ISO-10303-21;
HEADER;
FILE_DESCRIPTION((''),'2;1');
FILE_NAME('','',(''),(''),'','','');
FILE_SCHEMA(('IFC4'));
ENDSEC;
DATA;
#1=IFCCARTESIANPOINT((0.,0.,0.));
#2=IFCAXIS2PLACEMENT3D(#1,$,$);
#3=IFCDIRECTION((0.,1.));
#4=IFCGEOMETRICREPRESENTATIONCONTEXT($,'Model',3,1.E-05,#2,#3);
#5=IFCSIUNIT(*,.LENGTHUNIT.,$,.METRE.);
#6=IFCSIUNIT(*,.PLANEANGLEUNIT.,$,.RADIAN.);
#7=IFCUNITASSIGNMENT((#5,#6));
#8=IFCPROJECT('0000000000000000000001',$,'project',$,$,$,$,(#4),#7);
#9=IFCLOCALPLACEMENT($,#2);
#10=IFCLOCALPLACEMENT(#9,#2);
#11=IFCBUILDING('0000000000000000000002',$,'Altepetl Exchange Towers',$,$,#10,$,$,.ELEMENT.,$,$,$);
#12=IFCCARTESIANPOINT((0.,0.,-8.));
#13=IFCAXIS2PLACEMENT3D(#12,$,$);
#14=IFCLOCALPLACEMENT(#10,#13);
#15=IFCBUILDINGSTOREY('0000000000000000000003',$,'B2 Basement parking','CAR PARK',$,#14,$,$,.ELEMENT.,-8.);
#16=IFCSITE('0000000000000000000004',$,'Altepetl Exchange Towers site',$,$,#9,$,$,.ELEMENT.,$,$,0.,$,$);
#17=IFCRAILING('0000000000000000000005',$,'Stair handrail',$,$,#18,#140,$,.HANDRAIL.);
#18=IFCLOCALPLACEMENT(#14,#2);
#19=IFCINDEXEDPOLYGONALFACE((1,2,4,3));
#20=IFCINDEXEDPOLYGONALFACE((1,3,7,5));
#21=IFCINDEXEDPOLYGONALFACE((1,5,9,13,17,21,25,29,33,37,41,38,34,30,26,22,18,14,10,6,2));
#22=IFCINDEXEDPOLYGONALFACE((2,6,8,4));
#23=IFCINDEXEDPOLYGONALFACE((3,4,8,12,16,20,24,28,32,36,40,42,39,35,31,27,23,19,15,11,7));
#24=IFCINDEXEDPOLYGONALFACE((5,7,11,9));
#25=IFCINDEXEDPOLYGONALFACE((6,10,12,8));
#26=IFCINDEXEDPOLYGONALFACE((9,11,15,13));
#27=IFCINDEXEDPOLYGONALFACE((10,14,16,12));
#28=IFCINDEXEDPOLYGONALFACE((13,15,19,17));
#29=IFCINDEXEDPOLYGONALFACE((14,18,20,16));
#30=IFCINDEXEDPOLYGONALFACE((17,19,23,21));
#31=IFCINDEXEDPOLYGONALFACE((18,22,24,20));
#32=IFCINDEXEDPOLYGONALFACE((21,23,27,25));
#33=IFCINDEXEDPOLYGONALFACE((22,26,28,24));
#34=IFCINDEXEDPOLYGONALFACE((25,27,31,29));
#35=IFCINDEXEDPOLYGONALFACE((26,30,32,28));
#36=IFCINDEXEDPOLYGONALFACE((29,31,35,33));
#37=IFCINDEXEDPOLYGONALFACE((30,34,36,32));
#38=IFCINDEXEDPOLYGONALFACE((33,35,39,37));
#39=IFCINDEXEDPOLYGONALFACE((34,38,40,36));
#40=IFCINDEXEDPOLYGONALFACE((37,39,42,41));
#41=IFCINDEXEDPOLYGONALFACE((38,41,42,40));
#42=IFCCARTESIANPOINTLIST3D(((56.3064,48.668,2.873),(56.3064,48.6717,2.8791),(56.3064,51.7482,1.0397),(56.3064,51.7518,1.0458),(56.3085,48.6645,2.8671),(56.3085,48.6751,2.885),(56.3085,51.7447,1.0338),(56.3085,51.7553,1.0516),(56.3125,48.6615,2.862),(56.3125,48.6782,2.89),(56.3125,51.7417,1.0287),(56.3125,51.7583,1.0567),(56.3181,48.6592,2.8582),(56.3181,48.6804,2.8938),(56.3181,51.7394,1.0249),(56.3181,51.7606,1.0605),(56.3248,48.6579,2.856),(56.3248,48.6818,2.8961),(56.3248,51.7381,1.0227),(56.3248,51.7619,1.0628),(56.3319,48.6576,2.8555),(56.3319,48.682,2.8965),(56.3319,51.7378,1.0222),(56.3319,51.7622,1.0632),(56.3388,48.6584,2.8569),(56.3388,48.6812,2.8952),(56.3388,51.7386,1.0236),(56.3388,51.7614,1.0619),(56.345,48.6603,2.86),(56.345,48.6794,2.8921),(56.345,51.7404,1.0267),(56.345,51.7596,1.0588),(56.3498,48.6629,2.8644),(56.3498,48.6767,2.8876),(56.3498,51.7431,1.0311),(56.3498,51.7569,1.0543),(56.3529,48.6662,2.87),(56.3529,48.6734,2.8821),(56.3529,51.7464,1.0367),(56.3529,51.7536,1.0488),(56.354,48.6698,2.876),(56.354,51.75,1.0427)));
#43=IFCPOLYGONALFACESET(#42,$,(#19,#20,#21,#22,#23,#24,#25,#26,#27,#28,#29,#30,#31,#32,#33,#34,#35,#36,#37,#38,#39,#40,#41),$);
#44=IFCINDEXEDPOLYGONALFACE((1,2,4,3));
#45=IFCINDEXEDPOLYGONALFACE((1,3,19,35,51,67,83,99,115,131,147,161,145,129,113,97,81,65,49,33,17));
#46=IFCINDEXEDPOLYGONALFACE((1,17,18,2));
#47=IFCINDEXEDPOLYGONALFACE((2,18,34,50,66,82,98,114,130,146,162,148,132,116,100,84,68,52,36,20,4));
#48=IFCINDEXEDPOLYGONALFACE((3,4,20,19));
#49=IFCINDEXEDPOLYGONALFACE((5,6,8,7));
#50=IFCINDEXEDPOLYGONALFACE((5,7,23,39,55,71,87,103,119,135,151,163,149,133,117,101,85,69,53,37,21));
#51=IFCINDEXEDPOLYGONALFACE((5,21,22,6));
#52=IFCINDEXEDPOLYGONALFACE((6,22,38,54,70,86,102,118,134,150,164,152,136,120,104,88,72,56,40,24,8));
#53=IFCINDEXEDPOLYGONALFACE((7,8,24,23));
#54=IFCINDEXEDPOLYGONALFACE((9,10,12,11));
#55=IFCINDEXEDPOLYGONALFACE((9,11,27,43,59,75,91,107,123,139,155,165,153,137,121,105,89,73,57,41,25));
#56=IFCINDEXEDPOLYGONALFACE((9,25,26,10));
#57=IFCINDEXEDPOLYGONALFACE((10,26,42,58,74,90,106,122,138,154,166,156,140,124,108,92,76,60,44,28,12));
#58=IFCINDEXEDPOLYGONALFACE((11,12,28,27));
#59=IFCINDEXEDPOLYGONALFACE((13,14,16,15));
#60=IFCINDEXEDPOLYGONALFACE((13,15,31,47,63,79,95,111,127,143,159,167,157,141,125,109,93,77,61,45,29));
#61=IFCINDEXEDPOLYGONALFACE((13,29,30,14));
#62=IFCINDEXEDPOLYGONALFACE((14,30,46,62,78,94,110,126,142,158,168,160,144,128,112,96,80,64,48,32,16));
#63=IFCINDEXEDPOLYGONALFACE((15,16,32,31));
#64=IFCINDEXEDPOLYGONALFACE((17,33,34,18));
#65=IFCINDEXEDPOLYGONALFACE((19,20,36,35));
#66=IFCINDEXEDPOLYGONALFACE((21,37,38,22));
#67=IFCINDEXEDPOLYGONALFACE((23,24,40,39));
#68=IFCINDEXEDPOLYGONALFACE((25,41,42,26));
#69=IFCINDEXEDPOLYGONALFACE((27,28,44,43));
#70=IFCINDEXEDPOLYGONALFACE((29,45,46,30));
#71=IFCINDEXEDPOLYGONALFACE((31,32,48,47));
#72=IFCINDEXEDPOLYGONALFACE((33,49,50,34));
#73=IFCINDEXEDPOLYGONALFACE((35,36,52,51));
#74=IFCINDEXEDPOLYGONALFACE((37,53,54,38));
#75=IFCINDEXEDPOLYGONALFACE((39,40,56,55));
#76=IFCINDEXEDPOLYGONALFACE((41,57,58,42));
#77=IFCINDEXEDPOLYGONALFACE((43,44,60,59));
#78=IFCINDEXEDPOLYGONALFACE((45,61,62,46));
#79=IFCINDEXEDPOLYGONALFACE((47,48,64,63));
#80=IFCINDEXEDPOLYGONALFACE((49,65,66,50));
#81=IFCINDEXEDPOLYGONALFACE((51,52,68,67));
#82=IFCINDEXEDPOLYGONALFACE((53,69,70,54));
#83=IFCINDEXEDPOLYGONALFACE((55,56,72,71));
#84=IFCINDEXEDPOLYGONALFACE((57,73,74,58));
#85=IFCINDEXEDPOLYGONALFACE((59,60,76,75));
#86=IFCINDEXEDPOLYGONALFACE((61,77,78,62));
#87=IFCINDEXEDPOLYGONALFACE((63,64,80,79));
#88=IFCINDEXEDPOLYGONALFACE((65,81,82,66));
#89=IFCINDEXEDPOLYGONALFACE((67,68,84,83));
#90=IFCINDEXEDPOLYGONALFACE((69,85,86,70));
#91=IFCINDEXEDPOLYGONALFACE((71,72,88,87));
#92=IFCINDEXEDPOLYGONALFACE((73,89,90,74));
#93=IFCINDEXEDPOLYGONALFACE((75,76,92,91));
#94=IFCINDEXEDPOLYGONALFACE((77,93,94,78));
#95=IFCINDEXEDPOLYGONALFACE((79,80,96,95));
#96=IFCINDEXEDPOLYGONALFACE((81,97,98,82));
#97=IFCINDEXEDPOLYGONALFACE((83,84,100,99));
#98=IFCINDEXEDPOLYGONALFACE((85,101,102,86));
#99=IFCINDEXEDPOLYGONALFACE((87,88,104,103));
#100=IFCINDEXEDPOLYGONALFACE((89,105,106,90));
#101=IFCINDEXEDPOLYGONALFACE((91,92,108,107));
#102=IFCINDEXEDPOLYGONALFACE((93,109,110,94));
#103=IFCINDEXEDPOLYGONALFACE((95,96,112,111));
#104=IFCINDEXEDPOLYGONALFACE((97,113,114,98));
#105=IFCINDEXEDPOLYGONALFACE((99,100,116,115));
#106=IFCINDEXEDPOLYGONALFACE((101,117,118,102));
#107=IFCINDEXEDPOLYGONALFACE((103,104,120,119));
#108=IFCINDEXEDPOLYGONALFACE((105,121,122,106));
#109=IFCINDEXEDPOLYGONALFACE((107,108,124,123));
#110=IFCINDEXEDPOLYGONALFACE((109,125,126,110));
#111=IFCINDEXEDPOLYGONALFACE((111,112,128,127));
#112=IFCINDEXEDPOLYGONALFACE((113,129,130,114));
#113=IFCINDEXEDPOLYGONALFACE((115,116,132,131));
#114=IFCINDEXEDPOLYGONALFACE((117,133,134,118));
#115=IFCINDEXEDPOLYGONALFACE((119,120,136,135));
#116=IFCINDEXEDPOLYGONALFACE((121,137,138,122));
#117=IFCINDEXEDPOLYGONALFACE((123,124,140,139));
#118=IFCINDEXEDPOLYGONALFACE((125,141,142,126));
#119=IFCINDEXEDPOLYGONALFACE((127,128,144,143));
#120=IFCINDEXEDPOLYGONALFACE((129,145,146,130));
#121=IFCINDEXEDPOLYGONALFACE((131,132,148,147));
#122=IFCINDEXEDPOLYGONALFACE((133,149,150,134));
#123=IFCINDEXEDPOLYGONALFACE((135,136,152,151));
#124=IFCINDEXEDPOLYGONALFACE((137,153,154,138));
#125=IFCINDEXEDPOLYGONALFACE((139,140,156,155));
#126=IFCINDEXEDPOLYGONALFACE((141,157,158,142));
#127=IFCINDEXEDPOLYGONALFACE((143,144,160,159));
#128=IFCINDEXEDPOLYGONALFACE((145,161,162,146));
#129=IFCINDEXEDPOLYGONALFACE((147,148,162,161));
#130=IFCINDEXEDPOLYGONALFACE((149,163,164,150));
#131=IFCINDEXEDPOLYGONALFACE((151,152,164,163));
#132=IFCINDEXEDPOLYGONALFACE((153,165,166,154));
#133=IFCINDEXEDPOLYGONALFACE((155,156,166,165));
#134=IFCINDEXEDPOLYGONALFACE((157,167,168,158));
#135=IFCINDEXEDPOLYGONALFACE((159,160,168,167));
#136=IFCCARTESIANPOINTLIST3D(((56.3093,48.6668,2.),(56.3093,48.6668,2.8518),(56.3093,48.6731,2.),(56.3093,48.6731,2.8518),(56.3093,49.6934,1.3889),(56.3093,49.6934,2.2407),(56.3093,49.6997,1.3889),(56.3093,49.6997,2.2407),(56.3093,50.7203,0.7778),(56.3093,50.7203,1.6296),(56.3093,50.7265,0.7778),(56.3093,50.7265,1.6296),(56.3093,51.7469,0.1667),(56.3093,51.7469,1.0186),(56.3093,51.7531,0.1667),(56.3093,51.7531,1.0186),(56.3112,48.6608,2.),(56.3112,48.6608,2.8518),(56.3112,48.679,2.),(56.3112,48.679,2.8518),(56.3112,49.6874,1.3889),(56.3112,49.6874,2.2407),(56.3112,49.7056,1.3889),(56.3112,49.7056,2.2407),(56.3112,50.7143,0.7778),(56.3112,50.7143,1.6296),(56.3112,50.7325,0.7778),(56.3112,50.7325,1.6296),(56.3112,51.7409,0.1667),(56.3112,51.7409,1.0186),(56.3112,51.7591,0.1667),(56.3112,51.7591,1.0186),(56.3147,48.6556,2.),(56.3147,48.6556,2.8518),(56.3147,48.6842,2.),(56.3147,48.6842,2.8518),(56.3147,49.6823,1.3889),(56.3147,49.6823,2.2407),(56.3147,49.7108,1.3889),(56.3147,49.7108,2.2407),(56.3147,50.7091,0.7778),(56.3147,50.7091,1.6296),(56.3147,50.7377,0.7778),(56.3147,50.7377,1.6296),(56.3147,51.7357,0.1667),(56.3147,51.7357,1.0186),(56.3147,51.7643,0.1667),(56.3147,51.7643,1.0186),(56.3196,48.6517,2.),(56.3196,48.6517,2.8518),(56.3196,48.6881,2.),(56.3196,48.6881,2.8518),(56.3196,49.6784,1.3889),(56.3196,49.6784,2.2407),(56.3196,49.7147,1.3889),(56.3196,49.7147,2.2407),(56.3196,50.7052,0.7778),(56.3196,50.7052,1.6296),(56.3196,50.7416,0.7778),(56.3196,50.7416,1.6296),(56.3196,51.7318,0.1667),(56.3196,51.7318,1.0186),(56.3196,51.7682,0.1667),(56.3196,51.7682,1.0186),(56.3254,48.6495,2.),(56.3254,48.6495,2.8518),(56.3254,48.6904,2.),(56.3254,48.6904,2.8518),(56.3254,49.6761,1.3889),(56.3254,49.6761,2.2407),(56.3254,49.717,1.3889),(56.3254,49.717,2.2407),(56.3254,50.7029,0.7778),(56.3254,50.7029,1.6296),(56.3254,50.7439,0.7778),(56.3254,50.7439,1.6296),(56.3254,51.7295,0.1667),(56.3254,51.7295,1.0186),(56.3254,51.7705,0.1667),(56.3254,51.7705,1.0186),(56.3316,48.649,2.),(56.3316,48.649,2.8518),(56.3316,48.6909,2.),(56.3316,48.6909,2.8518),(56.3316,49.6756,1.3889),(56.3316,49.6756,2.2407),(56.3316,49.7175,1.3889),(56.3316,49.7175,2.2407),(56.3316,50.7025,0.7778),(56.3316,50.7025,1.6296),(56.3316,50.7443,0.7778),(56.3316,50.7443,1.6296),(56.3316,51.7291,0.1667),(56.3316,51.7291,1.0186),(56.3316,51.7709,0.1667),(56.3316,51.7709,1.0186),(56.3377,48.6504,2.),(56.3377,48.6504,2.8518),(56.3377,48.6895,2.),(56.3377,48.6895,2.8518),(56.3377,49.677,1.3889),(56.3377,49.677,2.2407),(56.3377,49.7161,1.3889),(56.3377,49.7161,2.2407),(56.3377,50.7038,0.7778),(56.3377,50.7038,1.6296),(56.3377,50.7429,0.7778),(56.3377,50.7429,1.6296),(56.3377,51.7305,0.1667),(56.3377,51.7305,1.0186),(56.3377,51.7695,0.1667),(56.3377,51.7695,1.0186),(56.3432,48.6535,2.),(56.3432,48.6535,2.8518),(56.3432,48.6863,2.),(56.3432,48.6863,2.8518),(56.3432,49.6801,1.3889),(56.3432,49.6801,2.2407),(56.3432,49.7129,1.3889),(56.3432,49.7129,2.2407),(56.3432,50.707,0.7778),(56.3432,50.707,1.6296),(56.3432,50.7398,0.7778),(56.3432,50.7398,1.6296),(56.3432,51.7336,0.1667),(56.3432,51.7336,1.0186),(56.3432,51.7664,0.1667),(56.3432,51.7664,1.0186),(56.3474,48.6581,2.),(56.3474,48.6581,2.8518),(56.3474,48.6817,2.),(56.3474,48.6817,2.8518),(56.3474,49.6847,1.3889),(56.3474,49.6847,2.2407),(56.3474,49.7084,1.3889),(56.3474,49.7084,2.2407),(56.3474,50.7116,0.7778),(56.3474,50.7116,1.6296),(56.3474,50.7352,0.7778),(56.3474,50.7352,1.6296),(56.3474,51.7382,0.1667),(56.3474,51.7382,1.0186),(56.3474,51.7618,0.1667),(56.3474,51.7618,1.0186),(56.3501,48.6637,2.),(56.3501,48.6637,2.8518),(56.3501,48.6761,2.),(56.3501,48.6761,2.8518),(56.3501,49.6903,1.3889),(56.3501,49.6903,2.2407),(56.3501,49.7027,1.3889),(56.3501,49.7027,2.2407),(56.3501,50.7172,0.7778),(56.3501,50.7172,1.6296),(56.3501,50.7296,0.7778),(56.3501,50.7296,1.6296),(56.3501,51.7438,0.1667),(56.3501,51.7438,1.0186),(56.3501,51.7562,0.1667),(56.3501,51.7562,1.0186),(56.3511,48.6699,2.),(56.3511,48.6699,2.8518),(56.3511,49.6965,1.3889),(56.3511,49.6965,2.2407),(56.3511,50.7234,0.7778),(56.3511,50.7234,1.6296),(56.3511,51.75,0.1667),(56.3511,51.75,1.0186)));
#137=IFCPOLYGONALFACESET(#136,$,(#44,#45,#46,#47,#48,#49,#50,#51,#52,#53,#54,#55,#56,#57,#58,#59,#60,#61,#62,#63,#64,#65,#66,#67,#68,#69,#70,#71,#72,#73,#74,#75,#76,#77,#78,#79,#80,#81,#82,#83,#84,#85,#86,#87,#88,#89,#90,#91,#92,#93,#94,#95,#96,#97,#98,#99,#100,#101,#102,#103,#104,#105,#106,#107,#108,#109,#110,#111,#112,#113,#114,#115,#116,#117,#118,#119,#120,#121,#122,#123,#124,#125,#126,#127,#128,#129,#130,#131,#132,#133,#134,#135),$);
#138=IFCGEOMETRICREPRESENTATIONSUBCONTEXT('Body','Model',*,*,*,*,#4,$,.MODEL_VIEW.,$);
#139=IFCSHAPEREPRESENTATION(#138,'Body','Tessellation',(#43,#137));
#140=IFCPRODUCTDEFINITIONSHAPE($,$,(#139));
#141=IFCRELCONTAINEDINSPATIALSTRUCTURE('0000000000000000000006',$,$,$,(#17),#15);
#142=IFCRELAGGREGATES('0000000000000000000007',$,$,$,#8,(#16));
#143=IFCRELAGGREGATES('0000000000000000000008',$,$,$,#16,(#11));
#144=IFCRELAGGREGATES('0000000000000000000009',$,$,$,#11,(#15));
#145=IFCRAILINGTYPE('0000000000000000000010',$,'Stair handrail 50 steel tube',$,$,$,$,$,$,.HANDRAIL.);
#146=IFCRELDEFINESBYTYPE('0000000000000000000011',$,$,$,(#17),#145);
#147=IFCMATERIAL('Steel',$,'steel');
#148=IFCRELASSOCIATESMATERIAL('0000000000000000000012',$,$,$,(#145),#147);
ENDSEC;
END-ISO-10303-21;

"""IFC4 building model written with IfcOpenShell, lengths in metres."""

from ifc_helpers import new_model, si_unit, direction, frame, origin, origin_2d, place, context, subcontext, project, spatial, circle, extrude, source, transform, mapped, material, type_object, element, save


model = new_model("IFC4")

# Units and contexts
model_context = context("Model", 3, precision=1e-05, world=origin(), true_north=direction((0.0, 1.0)))
body_context = subcontext(model_context, "Body", "Model", "MODEL_VIEW")
ifc_project = project(units=[si_unit("LENGTHUNIT", "METRE"), si_unit("PLANEANGLEUNIT", "RADIAN")], contexts=[model_context])

# Site, building, storey
site_placement = place(None, origin())
site = spatial("IfcSite", under=ifc_project, at=site_placement, Name="Altepetl Exchange Towers site", CompositionType="ELEMENT", RefElevation=0.0)
building_placement = place(site_placement, origin())
building = spatial("IfcBuilding", under=site, at=building_placement, Name="Altepetl Exchange Towers", CompositionType="ELEMENT")
storey_placement = place(building_placement, frame((0.0, 0.0, -8.0)))
storey = spatial("IfcBuildingStorey", under=building, at=storey_placement, Name="B2 Basement parking", Description="CAR PARK", CompositionType="ELEMENT", Elevation=-8.0)

# Railing
ifc_material_1 = material(Name="Steel", Category="steel")
railing_type = type_object("IfcRailingType", Name="Stair handrail 50 steel tube", PredefinedType="HANDRAIL", material=ifc_material_1)
shared_shape = source(origin(), body_context, "Body", "SweptSolid", [
    extrude(circle(Radius=0.021, at=origin_2d()), origin(), (0.0, 0.0, 1.0), 0.8518),
])
railing_1_placement = place(storey_placement, frame((56.3301, 51.75, 0.1667)))
element("IfcRailing", 1, at=railing_1_placement, inside=storey, type_object=railing_type, Name="Stair handrail", PredefinedType="HANDRAIL", context=body_context, shape_type="SweptSolid", body=[
    extrude(circle(Radius=0.0239, at=origin_2d()), frame((0.0, 0.0, 0.876), z_axis=(0.0, -0.859309, 0.511458), x_axis=(1.0, 0.0, 0.0)), (0.0, 0.0, 1.0), 3.5845),
    mapped(shared_shape, transform((0.0, 0.0, 0.0))),
    mapped(shared_shape, transform((0.0, -1.0266, 0.6111))),
    mapped(shared_shape, transform((0.0, -2.0535, 1.2222))),
    mapped(shared_shape, transform((0.0, -3.0801, 1.8333))),
])

save(model, "model.ifc")
